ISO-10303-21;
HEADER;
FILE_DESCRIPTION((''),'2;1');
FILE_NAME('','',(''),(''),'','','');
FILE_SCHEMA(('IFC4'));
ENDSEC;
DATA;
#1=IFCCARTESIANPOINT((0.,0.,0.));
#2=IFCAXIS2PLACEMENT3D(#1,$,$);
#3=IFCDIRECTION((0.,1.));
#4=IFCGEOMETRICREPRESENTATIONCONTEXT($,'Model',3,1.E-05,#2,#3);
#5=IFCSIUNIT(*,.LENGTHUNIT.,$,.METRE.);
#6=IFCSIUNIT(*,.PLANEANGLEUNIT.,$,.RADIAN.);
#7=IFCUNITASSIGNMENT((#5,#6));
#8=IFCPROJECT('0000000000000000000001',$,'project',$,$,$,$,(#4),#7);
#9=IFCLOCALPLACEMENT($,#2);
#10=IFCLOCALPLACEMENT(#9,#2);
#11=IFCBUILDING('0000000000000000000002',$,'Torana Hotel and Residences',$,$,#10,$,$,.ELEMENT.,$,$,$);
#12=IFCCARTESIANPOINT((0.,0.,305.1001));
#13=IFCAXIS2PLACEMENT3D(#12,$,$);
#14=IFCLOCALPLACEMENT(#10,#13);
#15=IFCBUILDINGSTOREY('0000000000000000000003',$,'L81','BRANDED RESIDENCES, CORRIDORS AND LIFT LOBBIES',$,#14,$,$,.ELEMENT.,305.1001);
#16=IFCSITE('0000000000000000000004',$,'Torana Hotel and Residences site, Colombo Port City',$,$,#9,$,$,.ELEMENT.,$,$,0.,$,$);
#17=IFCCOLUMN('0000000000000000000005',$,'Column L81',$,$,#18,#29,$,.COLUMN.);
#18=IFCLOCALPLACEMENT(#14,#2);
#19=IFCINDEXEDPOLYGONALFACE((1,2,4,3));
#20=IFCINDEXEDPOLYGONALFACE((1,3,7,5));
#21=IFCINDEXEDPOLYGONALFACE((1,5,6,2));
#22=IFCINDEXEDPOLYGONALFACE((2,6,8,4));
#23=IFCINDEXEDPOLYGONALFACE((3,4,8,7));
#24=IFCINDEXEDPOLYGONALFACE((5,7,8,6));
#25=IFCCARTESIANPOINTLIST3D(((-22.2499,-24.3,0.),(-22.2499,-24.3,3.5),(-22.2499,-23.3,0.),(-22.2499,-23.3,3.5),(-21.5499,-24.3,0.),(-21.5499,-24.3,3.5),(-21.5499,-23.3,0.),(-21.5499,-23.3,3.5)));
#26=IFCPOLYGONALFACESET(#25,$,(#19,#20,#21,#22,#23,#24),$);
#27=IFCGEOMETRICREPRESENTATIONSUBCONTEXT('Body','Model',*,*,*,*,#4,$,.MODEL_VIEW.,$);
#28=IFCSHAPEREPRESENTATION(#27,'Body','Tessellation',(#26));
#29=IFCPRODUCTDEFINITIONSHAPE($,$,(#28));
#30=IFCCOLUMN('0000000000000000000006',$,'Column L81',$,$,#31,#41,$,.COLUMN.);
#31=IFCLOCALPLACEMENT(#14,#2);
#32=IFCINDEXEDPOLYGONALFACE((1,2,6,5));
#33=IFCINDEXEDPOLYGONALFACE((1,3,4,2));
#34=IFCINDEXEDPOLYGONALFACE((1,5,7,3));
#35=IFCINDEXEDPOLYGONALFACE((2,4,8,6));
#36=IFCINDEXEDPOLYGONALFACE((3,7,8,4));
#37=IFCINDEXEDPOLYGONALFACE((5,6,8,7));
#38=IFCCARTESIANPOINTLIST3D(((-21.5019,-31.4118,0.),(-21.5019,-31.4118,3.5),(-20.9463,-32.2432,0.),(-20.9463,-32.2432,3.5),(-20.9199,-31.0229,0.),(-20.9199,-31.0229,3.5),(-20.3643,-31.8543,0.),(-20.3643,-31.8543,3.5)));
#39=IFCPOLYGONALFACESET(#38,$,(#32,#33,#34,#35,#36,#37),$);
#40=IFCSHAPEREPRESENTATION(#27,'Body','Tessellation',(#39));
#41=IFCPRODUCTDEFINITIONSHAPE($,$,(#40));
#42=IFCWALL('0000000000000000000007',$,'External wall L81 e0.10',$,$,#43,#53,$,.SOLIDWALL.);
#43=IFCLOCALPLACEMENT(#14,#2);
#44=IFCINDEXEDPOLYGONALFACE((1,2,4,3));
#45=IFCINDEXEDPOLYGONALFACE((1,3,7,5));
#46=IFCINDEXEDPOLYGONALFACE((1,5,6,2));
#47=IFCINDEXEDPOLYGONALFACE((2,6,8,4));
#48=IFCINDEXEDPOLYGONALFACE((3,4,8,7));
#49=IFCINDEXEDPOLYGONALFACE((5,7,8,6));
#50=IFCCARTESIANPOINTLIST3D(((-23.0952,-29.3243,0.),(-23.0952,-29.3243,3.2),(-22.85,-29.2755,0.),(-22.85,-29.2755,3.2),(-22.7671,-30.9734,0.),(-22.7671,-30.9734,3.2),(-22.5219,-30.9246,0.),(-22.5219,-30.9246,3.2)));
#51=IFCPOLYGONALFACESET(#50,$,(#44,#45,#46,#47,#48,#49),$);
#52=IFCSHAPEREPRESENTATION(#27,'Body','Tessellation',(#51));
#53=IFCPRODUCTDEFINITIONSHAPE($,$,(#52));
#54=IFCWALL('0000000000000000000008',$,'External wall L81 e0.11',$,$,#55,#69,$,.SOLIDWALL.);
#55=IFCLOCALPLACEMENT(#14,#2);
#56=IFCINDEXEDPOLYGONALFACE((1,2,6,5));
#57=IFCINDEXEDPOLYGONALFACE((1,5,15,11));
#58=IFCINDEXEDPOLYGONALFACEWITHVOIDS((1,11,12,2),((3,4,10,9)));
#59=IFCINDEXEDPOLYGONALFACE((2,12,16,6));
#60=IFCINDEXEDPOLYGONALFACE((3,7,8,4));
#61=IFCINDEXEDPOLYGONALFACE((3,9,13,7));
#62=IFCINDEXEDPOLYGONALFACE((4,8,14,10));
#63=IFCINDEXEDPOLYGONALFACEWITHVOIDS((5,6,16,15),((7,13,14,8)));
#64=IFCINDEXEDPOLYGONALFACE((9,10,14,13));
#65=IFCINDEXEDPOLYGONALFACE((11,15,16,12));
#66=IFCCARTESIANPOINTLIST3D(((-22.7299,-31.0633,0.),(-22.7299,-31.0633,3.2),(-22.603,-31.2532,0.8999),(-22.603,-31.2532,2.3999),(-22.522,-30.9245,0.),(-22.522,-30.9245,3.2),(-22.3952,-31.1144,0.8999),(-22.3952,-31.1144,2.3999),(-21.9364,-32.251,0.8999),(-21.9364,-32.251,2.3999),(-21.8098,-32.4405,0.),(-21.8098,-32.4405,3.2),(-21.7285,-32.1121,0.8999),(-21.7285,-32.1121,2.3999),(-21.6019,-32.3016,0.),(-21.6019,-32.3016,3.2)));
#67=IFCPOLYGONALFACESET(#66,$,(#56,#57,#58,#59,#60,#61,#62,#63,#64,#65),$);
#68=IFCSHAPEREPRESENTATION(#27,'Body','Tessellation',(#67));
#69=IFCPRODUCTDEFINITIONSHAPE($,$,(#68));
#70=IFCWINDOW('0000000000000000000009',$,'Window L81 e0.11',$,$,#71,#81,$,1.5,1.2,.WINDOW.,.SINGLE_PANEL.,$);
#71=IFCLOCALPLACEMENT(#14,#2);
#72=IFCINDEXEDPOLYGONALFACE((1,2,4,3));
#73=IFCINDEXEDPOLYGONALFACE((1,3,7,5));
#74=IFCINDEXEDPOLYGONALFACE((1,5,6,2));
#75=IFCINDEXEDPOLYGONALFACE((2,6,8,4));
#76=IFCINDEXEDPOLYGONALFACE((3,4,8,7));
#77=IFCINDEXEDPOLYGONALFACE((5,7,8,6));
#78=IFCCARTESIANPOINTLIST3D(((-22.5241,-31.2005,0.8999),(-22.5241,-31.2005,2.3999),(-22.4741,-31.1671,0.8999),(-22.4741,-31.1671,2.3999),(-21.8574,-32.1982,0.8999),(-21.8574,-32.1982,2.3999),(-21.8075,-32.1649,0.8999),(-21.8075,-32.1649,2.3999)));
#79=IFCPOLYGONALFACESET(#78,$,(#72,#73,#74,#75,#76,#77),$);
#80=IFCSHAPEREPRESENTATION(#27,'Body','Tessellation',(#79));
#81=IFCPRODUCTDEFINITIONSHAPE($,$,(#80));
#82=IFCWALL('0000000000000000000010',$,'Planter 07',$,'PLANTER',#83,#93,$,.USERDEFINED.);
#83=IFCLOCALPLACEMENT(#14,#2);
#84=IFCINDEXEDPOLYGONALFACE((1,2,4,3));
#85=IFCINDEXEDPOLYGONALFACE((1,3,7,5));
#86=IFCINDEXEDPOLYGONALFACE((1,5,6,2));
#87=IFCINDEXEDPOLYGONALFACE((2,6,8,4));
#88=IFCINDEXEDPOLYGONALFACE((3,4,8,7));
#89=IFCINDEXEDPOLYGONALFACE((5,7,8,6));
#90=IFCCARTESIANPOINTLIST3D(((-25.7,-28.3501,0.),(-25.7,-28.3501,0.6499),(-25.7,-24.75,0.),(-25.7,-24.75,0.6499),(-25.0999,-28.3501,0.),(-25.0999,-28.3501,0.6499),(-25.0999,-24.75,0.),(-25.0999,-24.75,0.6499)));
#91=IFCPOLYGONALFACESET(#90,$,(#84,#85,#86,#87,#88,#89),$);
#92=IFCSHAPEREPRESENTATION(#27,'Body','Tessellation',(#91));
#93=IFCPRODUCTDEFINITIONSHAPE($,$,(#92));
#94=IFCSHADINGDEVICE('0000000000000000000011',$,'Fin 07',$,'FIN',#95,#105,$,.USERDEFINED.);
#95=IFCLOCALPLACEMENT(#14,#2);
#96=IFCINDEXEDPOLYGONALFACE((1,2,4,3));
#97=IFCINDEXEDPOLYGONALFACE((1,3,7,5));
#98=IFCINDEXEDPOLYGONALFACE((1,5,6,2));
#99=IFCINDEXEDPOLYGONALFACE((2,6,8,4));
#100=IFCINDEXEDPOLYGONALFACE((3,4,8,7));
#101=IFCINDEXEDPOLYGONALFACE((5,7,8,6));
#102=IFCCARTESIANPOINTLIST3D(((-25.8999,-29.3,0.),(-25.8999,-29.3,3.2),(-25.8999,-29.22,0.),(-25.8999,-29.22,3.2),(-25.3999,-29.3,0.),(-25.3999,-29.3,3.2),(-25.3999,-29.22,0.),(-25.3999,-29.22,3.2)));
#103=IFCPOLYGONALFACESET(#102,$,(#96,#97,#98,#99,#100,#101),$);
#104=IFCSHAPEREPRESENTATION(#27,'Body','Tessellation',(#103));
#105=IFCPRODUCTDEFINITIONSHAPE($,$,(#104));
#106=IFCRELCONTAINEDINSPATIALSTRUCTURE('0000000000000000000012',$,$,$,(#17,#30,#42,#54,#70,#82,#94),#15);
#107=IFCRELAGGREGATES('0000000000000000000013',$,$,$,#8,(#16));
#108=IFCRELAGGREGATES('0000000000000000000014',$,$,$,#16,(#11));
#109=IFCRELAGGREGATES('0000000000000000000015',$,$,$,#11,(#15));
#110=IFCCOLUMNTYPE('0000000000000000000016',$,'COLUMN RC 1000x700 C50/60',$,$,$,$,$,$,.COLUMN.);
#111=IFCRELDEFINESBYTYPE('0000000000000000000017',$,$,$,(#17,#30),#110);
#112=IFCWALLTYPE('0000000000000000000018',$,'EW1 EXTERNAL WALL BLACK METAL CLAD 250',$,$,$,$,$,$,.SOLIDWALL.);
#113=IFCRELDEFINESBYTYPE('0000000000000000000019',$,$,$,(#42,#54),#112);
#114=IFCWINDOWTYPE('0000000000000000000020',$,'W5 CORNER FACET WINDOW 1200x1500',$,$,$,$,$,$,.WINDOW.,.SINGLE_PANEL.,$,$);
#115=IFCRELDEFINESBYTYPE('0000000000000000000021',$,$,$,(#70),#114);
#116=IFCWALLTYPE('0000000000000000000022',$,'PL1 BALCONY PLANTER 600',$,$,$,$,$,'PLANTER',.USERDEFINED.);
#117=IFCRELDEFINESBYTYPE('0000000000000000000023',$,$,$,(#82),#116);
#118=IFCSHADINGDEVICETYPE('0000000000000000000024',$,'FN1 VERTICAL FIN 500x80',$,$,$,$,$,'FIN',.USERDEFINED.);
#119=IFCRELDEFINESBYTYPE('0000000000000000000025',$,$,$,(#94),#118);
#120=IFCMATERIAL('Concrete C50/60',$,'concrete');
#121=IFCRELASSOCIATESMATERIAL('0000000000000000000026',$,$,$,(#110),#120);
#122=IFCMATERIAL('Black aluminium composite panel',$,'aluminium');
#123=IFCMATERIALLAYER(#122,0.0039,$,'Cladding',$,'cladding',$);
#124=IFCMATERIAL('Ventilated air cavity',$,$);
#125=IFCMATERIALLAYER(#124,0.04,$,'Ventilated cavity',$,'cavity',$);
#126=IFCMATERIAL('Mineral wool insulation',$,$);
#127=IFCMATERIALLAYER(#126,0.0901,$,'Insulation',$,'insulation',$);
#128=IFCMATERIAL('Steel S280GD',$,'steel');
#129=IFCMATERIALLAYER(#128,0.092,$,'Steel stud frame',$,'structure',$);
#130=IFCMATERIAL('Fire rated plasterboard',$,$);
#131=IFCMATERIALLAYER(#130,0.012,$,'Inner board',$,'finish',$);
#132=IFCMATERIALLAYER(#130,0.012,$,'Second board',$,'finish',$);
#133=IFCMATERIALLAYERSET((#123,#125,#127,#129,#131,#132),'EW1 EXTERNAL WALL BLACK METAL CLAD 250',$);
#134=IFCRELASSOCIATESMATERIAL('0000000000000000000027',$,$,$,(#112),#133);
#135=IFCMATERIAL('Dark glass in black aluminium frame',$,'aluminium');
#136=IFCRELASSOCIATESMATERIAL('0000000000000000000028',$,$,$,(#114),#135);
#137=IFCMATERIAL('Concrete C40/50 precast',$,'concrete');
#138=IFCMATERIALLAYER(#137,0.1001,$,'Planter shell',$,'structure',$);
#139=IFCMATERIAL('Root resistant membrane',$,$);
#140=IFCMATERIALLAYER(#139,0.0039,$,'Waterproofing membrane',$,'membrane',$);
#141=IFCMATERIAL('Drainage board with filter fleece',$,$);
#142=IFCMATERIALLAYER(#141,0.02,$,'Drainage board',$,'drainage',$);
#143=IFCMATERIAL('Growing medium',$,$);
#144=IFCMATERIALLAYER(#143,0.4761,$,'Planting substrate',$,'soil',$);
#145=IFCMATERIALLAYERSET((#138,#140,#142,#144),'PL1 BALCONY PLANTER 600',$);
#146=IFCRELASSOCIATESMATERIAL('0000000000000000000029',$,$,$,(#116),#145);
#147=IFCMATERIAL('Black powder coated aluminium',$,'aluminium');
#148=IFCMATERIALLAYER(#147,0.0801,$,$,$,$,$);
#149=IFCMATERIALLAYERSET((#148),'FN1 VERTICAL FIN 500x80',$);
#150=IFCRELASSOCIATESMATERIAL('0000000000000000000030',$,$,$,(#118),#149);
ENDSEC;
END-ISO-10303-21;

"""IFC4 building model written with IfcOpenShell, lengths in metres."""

from ifc_helpers import new_model, si_unit, direction, frame, frame_2d, origin, origin_2d, place, context, subcontext, project, spatial, rectangle, extrude, material, layer, layer_set, material_profile, profile_set, type_object, element, fill, save


model = new_model("IFC4")

# Units and contexts
model_context = context("Model", 3, precision=1e-05, world=origin(), true_north=direction((0.0, 1.0)))
body_context = subcontext(model_context, "Body", "Model", "MODEL_VIEW")
ifc_project = project(units=[si_unit("LENGTHUNIT", "METRE"), si_unit("PLANEANGLEUNIT", "RADIAN")], contexts=[model_context])

# Site, building, storey
site_placement = place(None, origin())
site = spatial("IfcSite", under=ifc_project, at=site_placement, Name="Torana Hotel and Residences site, Colombo Port City", CompositionType="ELEMENT", RefElevation=0.0)
building_placement = place(site_placement, origin())
building = spatial("IfcBuilding", under=site, at=building_placement, Name="Torana Hotel and Residences", CompositionType="ELEMENT")
storey_placement = place(building_placement, frame((0.0, 0.0, 305.1001)))
storey = spatial("IfcBuildingStorey", under=building, at=storey_placement, Name="L81", Description="BRANDED RESIDENCES, CORRIDORS AND LIFT LOBBIES", CompositionType="ELEMENT", Elevation=305.1001)

# Columns
ifc_material_1 = material(Name="Concrete C50/60", Category="concrete")
ifc_material_profile = material_profile(ifc_material_1, rectangle(XDim=1.0, YDim=0.7, at=origin_2d()), Name="RC 1000x700")
ifc_profile_set = profile_set([ifc_material_profile], Name="Concrete C50/60")
column_type = type_object("IfcColumnType", Name="COLUMN RC 1000x700 C50/60", PredefinedType="COLUMN", material=ifc_profile_set)
for number, where, z_axis, x_axis, name in (
    (1, (-21.8999, -23.8, 0.0), (0.0, 0.0, 1.0), (0.0, 1.0, 0.0), "Column L81"),
    (2, (-20.9331, -31.6331, 0.0), (0.0, 0.0, 1.0), (-0.555585, 0.83146, 0.0), "Column L81"),
):
    element("IfcColumn", number, at=place(storey_placement, frame(where, z_axis=z_axis, x_axis=x_axis)), inside=storey, type_object=column_type, Name=name, PredefinedType="COLUMN", context=body_context, shape_type="SweptSolid", body=[
        extrude(rectangle(XDim=1.0, YDim=0.7, at=origin_2d()), origin(), (0.0, 0.0, 1.0), 3.5),
    ])

# Wall
ifc_material_2 = material(Name="Black aluminium composite panel", Category="aluminium")
ifc_layer_1 = layer(ifc_material_2, 0.0039, Name="Cladding", Category="cladding")
ifc_material_3 = material(Name="Ventilated air cavity")
ifc_layer_2 = layer(ifc_material_3, 0.04, Name="Ventilated cavity", Category="cavity")
ifc_material_4 = material(Name="Mineral wool insulation")
ifc_layer_3 = layer(ifc_material_4, 0.0901, Name="Insulation", Category="insulation")
ifc_material_5 = material(Name="Steel S280GD", Category="steel")
ifc_layer_4 = layer(ifc_material_5, 0.092, Name="Steel stud frame", Category="structure")
ifc_material_6 = material(Name="Fire rated plasterboard")
ifc_layer_5 = layer(ifc_material_6, 0.012, Name="Inner board", Category="finish")
ifc_layer_6 = layer(ifc_material_6, 0.012, Name="Second board", Category="finish")
ifc_layer_set_1 = layer_set([ifc_layer_1, ifc_layer_2, ifc_layer_3, ifc_layer_4, ifc_layer_5, ifc_layer_6], Name="EW1 EXTERNAL WALL BLACK METAL CLAD 250")
wall_type_1 = type_object("IfcWallType", Name="EW1 EXTERNAL WALL BLACK METAL CLAD 250", PredefinedType="SOLIDWALL", material=ifc_layer_set_1)
wall_1_placement = place(storey_placement, frame((-22.9727, -29.2998, 0.0), z_axis=(0.0, 0.0, 1.0), x_axis=(0.195139, -0.980776, 0.0)))
element("IfcWall", 3, at=wall_1_placement, inside=storey, type_object=wall_type_1, Name="External wall L81 e0.10", PredefinedType="SOLIDWALL", context=body_context, shape_type="SweptSolid", body=[
    extrude(rectangle(XDim=1.6814, YDim=0.25, at=frame_2d((0.8408, 0.0))), origin(), (0.0, 0.0, 1.0), 3.2),
])

# Wall, opening, window
wall_2_placement = place(storey_placement, frame((-22.626, -30.9939, 0.0), z_axis=(0.0, 0.0, 1.0), x_axis=(0.55555, -0.831483, 0.0)))
wall_2 = element("IfcWall", 4, at=wall_2_placement, inside=storey, type_object=wall_type_1, Name="External wall L81 e0.11", PredefinedType="SOLIDWALL", context=body_context, shape_type="SweptSolid", body=[
    extrude(rectangle(XDim=1.6562, YDim=0.25, at=frame_2d((0.8281, 0.0))), origin(), (0.0, 0.0, 1.0), 3.2),
])
opening_placement = place(wall_2_placement, frame((0.2283, 0.0, 0.8999)))
opening = element("IfcOpeningElement", 5, at=opening_placement, cuts=wall_2, PredefinedType="OPENING", context=body_context, shape_type="SweptSolid", body=[
    extrude(rectangle(XDim=1.2, YDim=1.5, at=frame_2d((0.6001, 0.75))), frame((0.0, 0.135, 0.0), z_axis=(0.0, -1.0, 0.0), x_axis=(1.0, 0.0, 0.0)), (0.0, 0.0, 1.0), 0.27),
])
ifc_material_7 = material(Name="Dark glass in black aluminium frame", Category="aluminium")
window_type = type_object("IfcWindowType", Name="W5 CORNER FACET WINDOW 1200x1500", PartitioningType="SINGLE_PANEL", PredefinedType="WINDOW", material=ifc_material_7)
window_placement = place(opening_placement, origin())
window = element("IfcWindow", 6, at=window_placement, inside=storey, type_object=window_type, Name="Window L81 e0.11", OverallHeight=1.5, OverallWidth=1.2, PartitioningType="SINGLE_PANEL", PredefinedType="WINDOW", context=body_context, shape_type="SweptSolid", body=[
    extrude(rectangle(XDim=1.2, YDim=1.5, at=frame_2d((0.6001, 0.75))), frame((0.0, 0.03, 0.0), z_axis=(0.0, -1.0, 0.0), x_axis=(1.0, 0.0, 0.0)), (0.0, 0.0, 1.0), 0.0601),
])
fill(opening, window)

# Wall
ifc_material_8 = material(Name="Concrete C40/50 precast", Category="concrete")
ifc_layer_7 = layer(ifc_material_8, 0.1001, Name="Planter shell", Category="structure")
ifc_material_9 = material(Name="Root resistant membrane")
ifc_layer_8 = layer(ifc_material_9, 0.0039, Name="Waterproofing membrane", Category="membrane")
ifc_material_10 = material(Name="Drainage board with filter fleece")
ifc_layer_9 = layer(ifc_material_10, 0.02, Name="Drainage board", Category="drainage")
ifc_material_11 = material(Name="Growing medium")
ifc_layer_10 = layer(ifc_material_11, 0.4761, Name="Planting substrate", Category="soil")
ifc_layer_set_2 = layer_set([ifc_layer_7, ifc_layer_8, ifc_layer_9, ifc_layer_10], Name="PL1 BALCONY PLANTER 600")
wall_type_2 = type_object("IfcWallType", Name="PL1 BALCONY PLANTER 600", ElementType="PLANTER", PredefinedType="USERDEFINED", material=ifc_layer_set_2)
wall_3_placement = place(storey_placement, frame((-25.3999, -28.3501, 0.0), z_axis=(0.0, 0.0, 1.0), x_axis=(0.0, 1.0, 0.0)))
element("IfcWall", 7, at=wall_3_placement, inside=storey, type_object=wall_type_2, Name="Planter 07", ObjectType="PLANTER", PredefinedType="USERDEFINED", context=body_context, shape_type="SweptSolid", body=[
    extrude(rectangle(XDim=3.6001, YDim=0.6001, at=frame_2d((1.8, 0.0))), origin(), (0.0, 0.0, 1.0), 0.6499),
])

# Shading device
ifc_material_12 = material(Name="Black powder coated aluminium", Category="aluminium")
ifc_layer_11 = layer(ifc_material_12, 0.0801)
ifc_layer_set_3 = layer_set([ifc_layer_11], Name="FN1 VERTICAL FIN 500x80")
shading_device_type = type_object("IfcShadingDeviceType", Name="FN1 VERTICAL FIN 500x80", ElementType="FIN", PredefinedType="USERDEFINED", material=ifc_layer_set_3)
shading_device_placement = place(storey_placement, frame((-25.6499, -29.26, 0.0), z_axis=(0.0, 0.0, 1.0), x_axis=(0.0, 1.0, 0.0)))
element("IfcShadingDevice", 8, at=shading_device_placement, inside=storey, type_object=shading_device_type, Name="Fin 07", ObjectType="FIN", PredefinedType="USERDEFINED", context=body_context, shape_type="SweptSolid", body=[
    extrude(rectangle(XDim=0.0801, YDim=0.5, at=origin_2d()), origin(), (0.0, 0.0, 1.0), 3.2),
])

save(model, "model.ifc")
